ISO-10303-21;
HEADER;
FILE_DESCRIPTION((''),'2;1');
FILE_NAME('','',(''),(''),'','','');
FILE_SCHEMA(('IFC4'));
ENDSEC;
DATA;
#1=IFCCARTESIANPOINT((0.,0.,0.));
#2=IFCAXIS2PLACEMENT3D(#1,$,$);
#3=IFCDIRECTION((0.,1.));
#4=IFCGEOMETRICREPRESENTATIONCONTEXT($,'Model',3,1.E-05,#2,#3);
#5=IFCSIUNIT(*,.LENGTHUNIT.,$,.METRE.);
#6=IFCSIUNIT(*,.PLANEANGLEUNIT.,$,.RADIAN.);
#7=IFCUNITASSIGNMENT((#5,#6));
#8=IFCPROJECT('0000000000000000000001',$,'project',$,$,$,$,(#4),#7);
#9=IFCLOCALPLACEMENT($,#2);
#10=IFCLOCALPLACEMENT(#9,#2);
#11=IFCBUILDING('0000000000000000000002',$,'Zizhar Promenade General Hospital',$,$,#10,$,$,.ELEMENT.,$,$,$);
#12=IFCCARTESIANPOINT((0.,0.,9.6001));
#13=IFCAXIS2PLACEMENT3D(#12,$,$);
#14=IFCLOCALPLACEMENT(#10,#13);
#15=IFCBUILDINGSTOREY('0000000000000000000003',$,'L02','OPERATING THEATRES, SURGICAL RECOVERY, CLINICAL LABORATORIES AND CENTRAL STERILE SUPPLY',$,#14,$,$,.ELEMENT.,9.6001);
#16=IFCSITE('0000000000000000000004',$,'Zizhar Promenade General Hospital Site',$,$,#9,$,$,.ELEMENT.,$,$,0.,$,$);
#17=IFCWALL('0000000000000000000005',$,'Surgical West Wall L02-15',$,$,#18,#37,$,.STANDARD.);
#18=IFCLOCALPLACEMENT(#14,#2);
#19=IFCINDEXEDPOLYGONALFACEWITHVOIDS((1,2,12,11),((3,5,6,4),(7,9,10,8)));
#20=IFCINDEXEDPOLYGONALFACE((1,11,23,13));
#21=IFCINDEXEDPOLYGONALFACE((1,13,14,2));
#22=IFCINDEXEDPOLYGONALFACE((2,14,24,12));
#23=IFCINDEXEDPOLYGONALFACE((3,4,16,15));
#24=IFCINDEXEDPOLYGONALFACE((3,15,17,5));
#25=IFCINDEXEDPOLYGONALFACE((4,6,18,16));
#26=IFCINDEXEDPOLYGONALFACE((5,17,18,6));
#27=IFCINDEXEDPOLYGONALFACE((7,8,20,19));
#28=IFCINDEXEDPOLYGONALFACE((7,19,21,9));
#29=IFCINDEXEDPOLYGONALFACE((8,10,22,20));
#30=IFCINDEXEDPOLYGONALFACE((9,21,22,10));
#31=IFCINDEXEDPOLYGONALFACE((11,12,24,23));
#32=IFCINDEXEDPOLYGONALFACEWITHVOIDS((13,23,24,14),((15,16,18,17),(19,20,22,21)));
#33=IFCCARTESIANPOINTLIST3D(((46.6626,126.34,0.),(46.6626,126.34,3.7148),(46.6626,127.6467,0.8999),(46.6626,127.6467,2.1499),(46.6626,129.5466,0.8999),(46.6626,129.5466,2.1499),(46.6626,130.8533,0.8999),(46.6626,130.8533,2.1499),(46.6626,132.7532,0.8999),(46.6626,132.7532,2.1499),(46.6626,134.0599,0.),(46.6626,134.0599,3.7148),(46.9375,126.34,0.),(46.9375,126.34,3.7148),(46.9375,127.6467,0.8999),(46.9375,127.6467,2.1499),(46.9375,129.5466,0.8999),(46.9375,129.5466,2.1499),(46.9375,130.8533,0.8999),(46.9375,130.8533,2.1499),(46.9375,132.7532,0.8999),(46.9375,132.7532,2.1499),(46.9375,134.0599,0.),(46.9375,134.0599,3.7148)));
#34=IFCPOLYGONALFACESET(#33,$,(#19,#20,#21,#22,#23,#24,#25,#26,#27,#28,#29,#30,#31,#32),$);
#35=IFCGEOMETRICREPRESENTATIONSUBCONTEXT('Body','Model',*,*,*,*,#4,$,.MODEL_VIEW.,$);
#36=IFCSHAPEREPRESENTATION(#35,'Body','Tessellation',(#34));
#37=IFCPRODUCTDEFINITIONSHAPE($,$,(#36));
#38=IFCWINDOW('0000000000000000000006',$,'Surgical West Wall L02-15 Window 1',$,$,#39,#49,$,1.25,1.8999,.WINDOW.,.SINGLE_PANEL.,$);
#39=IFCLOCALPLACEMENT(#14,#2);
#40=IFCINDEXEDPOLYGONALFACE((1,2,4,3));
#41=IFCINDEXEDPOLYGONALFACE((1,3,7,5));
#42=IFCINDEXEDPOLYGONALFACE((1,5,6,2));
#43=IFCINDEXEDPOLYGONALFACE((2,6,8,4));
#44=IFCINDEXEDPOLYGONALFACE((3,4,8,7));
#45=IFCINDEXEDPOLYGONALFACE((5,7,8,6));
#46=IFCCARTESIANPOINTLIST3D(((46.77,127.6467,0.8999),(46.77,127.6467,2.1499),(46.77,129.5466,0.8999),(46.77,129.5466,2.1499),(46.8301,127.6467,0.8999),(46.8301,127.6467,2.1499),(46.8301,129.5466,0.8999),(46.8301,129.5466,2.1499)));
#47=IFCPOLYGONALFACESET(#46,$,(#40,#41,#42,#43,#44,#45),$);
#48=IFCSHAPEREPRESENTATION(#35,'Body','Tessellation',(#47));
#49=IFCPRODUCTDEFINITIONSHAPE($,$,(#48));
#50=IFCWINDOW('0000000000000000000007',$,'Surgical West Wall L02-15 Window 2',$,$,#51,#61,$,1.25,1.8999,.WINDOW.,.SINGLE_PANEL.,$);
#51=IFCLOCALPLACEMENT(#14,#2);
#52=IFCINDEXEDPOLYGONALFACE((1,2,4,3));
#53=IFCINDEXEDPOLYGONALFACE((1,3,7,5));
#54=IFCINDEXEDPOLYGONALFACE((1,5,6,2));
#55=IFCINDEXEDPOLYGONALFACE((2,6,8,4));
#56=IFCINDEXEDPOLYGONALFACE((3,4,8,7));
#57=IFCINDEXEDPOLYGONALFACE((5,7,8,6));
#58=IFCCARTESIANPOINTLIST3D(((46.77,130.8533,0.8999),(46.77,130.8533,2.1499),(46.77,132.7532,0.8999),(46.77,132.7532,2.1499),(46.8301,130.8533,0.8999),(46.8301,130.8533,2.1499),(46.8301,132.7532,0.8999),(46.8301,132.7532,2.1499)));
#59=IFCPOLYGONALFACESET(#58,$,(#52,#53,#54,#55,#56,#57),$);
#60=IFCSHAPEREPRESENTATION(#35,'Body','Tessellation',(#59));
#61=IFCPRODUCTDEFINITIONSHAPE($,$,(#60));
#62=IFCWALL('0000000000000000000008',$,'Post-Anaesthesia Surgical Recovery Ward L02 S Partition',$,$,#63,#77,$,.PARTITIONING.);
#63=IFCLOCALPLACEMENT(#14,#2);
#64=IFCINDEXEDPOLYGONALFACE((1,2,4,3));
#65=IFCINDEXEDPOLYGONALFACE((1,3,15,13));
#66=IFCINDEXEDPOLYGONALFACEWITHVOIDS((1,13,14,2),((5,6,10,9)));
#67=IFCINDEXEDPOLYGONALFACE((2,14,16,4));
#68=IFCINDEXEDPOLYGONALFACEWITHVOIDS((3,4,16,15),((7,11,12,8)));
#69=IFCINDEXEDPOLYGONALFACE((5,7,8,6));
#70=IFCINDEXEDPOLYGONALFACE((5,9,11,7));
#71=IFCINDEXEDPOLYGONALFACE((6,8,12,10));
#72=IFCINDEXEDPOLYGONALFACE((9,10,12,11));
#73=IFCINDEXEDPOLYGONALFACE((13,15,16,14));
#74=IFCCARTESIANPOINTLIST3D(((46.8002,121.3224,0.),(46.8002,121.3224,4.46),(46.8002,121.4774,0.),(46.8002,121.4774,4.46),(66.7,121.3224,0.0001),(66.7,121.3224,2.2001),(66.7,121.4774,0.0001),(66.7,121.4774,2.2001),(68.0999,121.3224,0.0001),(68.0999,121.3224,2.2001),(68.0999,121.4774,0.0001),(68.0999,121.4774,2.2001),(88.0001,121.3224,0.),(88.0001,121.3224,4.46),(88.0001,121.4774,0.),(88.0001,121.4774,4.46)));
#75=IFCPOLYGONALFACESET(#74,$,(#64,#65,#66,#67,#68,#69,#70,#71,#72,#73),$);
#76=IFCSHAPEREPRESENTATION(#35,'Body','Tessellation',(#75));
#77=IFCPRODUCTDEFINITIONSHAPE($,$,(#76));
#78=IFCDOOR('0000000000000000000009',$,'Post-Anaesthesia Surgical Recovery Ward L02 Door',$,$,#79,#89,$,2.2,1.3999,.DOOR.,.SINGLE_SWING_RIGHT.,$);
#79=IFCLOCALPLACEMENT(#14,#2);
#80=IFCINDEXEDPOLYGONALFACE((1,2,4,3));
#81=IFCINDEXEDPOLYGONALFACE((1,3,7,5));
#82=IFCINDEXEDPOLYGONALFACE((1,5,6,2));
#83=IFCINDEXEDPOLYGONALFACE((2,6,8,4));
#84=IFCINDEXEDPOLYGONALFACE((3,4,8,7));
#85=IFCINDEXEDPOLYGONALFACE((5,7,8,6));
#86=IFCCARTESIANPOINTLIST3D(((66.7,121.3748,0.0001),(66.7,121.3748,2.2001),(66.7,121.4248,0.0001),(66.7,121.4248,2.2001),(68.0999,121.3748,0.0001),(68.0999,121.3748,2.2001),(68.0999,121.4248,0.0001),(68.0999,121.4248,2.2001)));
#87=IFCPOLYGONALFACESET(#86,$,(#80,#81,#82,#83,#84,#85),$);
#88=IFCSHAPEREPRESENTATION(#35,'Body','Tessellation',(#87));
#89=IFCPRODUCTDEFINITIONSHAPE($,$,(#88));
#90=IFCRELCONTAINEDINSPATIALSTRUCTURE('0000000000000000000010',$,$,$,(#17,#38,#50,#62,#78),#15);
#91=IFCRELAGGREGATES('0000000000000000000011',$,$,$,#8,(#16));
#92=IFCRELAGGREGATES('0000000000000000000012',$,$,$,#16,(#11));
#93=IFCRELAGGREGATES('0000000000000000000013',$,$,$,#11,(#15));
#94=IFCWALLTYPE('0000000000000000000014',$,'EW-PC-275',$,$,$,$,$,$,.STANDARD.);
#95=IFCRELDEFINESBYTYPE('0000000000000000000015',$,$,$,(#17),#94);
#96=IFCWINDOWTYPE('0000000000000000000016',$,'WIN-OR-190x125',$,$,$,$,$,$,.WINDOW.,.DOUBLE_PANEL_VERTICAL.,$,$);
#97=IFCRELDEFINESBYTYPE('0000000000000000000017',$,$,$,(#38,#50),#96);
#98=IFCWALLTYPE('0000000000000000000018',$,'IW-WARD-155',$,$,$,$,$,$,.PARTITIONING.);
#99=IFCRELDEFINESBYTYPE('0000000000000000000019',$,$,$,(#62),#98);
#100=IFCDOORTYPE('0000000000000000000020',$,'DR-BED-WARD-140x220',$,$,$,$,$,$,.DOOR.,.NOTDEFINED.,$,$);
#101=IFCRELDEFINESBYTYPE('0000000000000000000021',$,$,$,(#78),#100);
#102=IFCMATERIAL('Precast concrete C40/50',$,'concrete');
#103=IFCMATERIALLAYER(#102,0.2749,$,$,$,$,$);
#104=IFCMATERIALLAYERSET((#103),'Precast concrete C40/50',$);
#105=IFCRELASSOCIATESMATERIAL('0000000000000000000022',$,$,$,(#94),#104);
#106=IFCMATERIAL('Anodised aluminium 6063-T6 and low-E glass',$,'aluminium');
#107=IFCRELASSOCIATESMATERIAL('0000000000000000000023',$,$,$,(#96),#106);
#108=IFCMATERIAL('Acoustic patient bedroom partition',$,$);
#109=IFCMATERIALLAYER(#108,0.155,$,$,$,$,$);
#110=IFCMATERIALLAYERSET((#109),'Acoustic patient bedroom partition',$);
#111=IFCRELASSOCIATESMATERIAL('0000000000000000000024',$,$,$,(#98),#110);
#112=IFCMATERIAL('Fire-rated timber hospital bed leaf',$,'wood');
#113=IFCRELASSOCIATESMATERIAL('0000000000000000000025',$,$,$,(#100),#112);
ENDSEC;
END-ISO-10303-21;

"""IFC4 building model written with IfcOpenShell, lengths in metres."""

from ifc_helpers import new_model, si_unit, direction, frame, frame_2d, origin, place, context, subcontext, project, spatial, rectangle, extrude, material, layer, layer_set, type_object, element, fill, save


model = new_model("IFC4")

# Units and contexts
model_context = context("Model", 3, precision=1e-05, world=origin(), true_north=direction((0.0, 1.0)))
body_context = subcontext(model_context, "Body", "Model", "MODEL_VIEW")
ifc_project = project(units=[si_unit("LENGTHUNIT", "METRE"), si_unit("PLANEANGLEUNIT", "RADIAN")], contexts=[model_context])

# Site, building, storey
site_placement = place(None, origin())
site = spatial("IfcSite", under=ifc_project, at=site_placement, Name="Zizhar Promenade General Hospital Site", CompositionType="ELEMENT", RefElevation=0.0)
building_placement = place(site_placement, origin())
building = spatial("IfcBuilding", under=site, at=building_placement, Name="Zizhar Promenade General Hospital", CompositionType="ELEMENT")
storey_placement = place(building_placement, frame((0.0, 0.0, 9.6001)))
storey = spatial("IfcBuildingStorey", under=building, at=storey_placement, Name="L02", Description="OPERATING THEATRES, SURGICAL RECOVERY, CLINICAL LABORATORIES AND CENTRAL STERILE SUPPLY", CompositionType="ELEMENT", Elevation=9.6001)

# Wall, openings, windows
ifc_material_1 = material(Name="Precast concrete C40/50", Category="concrete")
ifc_layer_1 = layer(ifc_material_1, 0.2749)
ifc_layer_set_1 = layer_set([ifc_layer_1], Name="Precast concrete C40/50")
wall_type_1 = type_object("IfcWallType", Name="EW-PC-275", PredefinedType="STANDARD", material=ifc_layer_set_1)
wall_1_placement = place(storey_placement, frame((46.8, 126.3401, 0.0), z_axis=(0.0, 0.0, 1.0), x_axis=(0.0, 1.0, 0.0)))
wall_1 = element("IfcWall", 1, at=wall_1_placement, inside=storey, type_object=wall_type_1, Name="Surgical West Wall L02-15", PredefinedType="STANDARD", context=body_context, shape_type="SweptSolid", body=[
    extrude(rectangle(XDim=7.72, YDim=0.2749, at=frame_2d((3.8599, 0.0))), origin(), (0.0, 0.0, 1.0), 3.7148),
])
opening_1_placement = place(wall_1_placement, frame((1.3066, 0.0, 0.8999)))
opening_1 = element("IfcOpeningElement", 2, at=opening_1_placement, cuts=wall_1, PredefinedType="OPENING", context=body_context, shape_type="SweptSolid", body=[
    extrude(rectangle(XDim=1.8999, YDim=1.25, at=frame_2d((0.95, 0.625))), frame((0.0, 0.1475, 0.0), z_axis=(0.0, -1.0, 0.0), x_axis=(1.0, 0.0, 0.0)), (0.0, 0.0, 1.0), 0.2949),
])
opening_2_placement = place(wall_1_placement, frame((4.5132, 0.0, 0.8999)))
opening_2 = element("IfcOpeningElement", 3, at=opening_2_placement, cuts=wall_1, PredefinedType="OPENING", context=body_context, shape_type="SweptSolid", body=[
    extrude(rectangle(XDim=1.8999, YDim=1.25, at=frame_2d((0.95, 0.625))), frame((0.0, 0.1475, 0.0), z_axis=(0.0, -1.0, 0.0), x_axis=(1.0, 0.0, 0.0)), (0.0, 0.0, 1.0), 0.2949),
])
ifc_material_2 = material(Name="Anodised aluminium 6063-T6 and low-E glass", Category="aluminium")
window_type = type_object("IfcWindowType", Name="WIN-OR-190x125", PartitioningType="DOUBLE_PANEL_VERTICAL", PredefinedType="WINDOW", material=ifc_material_2)
window_1_placement = place(opening_1_placement, origin())
window_1 = element("IfcWindow", 4, at=window_1_placement, inside=storey, type_object=window_type, Name="Surgical West Wall L02-15 Window 1", OverallHeight=1.25, OverallWidth=1.8999, PartitioningType="SINGLE_PANEL", PredefinedType="WINDOW", context=body_context, shape_type="SweptSolid", body=[
    extrude(rectangle(XDim=1.8999, YDim=1.25, at=frame_2d((0.95, 0.625))), frame((0.0, 0.03, 0.0), z_axis=(0.0, -1.0, 0.0), x_axis=(1.0, 0.0, 0.0)), (0.0, 0.0, 1.0), 0.0601),
])
fill(opening_1, window_1)
window_2_placement = place(opening_2_placement, origin())
window_2 = element("IfcWindow", 5, at=window_2_placement, inside=storey, type_object=window_type, Name="Surgical West Wall L02-15 Window 2", OverallHeight=1.25, OverallWidth=1.8999, PartitioningType="SINGLE_PANEL", PredefinedType="WINDOW", context=body_context, shape_type="SweptSolid", body=[
    extrude(rectangle(XDim=1.8999, YDim=1.25, at=frame_2d((0.95, 0.625))), frame((0.0, 0.03, 0.0), z_axis=(0.0, -1.0, 0.0), x_axis=(1.0, 0.0, 0.0)), (0.0, 0.0, 1.0), 0.0601),
])
fill(opening_2, window_2)

# Wall, opening, door
ifc_material_3 = material(Name="Acoustic patient bedroom partition")
ifc_layer_2 = layer(ifc_material_3, 0.155)
ifc_layer_set_2 = layer_set([ifc_layer_2], Name="Acoustic patient bedroom partition")
wall_type_2 = type_object("IfcWallType", Name="IW-WARD-155", PredefinedType="PARTITIONING", material=ifc_layer_set_2)
wall_2_placement = place(storey_placement, frame((46.8, 121.3999, 0.0), z_axis=(0.0, 0.0, 1.0), x_axis=(1.0, 0.0, 0.0)))
wall_2 = element("IfcWall", 6, at=wall_2_placement, inside=storey, type_object=wall_type_2, Name="Post-Anaesthesia Surgical Recovery Ward L02 S Partition", PredefinedType="PARTITIONING", context=body_context, shape_type="SweptSolid", body=[
    extrude(rectangle(XDim=41.2, YDim=0.155, at=frame_2d((20.6001, 0.0))), origin(), (0.0, 0.0, 1.0), 4.46),
])
opening_3_placement = place(wall_2_placement, frame((19.8999, 0.0, 0.0)))
opening_3 = element("IfcOpeningElement", 7, at=opening_3_placement, cuts=wall_2, PredefinedType="OPENING", context=body_context, shape_type="SweptSolid", body=[
    extrude(rectangle(XDim=1.3999, YDim=2.2, at=frame_2d((0.7, 1.1001))), frame((0.0, 0.0874, 0.0), z_axis=(0.0, -1.0, 0.0), x_axis=(1.0, 0.0, 0.0)), (0.0, 0.0, 1.0), 0.175),
])
ifc_material_4 = material(Name="Fire-rated timber hospital bed leaf", Category="wood")
door_type = type_object("IfcDoorType", Name="DR-BED-WARD-140x220", OperationType="NOTDEFINED", PredefinedType="DOOR", material=ifc_material_4)
door_placement = place(opening_3_placement, origin())
door = element("IfcDoor", 8, at=door_placement, inside=storey, type_object=door_type, Name="Post-Anaesthesia Surgical Recovery Ward L02 Door", OperationType="SINGLE_SWING_RIGHT", OverallHeight=2.2, OverallWidth=1.3999, PredefinedType="DOOR", context=body_context, shape_type="SweptSolid", body=[
    extrude(rectangle(XDim=1.3999, YDim=2.2, at=frame_2d((0.7, 1.1001))), frame((0.0, 0.0249, 0.0), z_axis=(0.0, -1.0, 0.0), x_axis=(1.0, 0.0, 0.0)), (0.0, 0.0, 1.0), 0.05),
])
fill(opening_3, door)

save(model, "model.ifc")
